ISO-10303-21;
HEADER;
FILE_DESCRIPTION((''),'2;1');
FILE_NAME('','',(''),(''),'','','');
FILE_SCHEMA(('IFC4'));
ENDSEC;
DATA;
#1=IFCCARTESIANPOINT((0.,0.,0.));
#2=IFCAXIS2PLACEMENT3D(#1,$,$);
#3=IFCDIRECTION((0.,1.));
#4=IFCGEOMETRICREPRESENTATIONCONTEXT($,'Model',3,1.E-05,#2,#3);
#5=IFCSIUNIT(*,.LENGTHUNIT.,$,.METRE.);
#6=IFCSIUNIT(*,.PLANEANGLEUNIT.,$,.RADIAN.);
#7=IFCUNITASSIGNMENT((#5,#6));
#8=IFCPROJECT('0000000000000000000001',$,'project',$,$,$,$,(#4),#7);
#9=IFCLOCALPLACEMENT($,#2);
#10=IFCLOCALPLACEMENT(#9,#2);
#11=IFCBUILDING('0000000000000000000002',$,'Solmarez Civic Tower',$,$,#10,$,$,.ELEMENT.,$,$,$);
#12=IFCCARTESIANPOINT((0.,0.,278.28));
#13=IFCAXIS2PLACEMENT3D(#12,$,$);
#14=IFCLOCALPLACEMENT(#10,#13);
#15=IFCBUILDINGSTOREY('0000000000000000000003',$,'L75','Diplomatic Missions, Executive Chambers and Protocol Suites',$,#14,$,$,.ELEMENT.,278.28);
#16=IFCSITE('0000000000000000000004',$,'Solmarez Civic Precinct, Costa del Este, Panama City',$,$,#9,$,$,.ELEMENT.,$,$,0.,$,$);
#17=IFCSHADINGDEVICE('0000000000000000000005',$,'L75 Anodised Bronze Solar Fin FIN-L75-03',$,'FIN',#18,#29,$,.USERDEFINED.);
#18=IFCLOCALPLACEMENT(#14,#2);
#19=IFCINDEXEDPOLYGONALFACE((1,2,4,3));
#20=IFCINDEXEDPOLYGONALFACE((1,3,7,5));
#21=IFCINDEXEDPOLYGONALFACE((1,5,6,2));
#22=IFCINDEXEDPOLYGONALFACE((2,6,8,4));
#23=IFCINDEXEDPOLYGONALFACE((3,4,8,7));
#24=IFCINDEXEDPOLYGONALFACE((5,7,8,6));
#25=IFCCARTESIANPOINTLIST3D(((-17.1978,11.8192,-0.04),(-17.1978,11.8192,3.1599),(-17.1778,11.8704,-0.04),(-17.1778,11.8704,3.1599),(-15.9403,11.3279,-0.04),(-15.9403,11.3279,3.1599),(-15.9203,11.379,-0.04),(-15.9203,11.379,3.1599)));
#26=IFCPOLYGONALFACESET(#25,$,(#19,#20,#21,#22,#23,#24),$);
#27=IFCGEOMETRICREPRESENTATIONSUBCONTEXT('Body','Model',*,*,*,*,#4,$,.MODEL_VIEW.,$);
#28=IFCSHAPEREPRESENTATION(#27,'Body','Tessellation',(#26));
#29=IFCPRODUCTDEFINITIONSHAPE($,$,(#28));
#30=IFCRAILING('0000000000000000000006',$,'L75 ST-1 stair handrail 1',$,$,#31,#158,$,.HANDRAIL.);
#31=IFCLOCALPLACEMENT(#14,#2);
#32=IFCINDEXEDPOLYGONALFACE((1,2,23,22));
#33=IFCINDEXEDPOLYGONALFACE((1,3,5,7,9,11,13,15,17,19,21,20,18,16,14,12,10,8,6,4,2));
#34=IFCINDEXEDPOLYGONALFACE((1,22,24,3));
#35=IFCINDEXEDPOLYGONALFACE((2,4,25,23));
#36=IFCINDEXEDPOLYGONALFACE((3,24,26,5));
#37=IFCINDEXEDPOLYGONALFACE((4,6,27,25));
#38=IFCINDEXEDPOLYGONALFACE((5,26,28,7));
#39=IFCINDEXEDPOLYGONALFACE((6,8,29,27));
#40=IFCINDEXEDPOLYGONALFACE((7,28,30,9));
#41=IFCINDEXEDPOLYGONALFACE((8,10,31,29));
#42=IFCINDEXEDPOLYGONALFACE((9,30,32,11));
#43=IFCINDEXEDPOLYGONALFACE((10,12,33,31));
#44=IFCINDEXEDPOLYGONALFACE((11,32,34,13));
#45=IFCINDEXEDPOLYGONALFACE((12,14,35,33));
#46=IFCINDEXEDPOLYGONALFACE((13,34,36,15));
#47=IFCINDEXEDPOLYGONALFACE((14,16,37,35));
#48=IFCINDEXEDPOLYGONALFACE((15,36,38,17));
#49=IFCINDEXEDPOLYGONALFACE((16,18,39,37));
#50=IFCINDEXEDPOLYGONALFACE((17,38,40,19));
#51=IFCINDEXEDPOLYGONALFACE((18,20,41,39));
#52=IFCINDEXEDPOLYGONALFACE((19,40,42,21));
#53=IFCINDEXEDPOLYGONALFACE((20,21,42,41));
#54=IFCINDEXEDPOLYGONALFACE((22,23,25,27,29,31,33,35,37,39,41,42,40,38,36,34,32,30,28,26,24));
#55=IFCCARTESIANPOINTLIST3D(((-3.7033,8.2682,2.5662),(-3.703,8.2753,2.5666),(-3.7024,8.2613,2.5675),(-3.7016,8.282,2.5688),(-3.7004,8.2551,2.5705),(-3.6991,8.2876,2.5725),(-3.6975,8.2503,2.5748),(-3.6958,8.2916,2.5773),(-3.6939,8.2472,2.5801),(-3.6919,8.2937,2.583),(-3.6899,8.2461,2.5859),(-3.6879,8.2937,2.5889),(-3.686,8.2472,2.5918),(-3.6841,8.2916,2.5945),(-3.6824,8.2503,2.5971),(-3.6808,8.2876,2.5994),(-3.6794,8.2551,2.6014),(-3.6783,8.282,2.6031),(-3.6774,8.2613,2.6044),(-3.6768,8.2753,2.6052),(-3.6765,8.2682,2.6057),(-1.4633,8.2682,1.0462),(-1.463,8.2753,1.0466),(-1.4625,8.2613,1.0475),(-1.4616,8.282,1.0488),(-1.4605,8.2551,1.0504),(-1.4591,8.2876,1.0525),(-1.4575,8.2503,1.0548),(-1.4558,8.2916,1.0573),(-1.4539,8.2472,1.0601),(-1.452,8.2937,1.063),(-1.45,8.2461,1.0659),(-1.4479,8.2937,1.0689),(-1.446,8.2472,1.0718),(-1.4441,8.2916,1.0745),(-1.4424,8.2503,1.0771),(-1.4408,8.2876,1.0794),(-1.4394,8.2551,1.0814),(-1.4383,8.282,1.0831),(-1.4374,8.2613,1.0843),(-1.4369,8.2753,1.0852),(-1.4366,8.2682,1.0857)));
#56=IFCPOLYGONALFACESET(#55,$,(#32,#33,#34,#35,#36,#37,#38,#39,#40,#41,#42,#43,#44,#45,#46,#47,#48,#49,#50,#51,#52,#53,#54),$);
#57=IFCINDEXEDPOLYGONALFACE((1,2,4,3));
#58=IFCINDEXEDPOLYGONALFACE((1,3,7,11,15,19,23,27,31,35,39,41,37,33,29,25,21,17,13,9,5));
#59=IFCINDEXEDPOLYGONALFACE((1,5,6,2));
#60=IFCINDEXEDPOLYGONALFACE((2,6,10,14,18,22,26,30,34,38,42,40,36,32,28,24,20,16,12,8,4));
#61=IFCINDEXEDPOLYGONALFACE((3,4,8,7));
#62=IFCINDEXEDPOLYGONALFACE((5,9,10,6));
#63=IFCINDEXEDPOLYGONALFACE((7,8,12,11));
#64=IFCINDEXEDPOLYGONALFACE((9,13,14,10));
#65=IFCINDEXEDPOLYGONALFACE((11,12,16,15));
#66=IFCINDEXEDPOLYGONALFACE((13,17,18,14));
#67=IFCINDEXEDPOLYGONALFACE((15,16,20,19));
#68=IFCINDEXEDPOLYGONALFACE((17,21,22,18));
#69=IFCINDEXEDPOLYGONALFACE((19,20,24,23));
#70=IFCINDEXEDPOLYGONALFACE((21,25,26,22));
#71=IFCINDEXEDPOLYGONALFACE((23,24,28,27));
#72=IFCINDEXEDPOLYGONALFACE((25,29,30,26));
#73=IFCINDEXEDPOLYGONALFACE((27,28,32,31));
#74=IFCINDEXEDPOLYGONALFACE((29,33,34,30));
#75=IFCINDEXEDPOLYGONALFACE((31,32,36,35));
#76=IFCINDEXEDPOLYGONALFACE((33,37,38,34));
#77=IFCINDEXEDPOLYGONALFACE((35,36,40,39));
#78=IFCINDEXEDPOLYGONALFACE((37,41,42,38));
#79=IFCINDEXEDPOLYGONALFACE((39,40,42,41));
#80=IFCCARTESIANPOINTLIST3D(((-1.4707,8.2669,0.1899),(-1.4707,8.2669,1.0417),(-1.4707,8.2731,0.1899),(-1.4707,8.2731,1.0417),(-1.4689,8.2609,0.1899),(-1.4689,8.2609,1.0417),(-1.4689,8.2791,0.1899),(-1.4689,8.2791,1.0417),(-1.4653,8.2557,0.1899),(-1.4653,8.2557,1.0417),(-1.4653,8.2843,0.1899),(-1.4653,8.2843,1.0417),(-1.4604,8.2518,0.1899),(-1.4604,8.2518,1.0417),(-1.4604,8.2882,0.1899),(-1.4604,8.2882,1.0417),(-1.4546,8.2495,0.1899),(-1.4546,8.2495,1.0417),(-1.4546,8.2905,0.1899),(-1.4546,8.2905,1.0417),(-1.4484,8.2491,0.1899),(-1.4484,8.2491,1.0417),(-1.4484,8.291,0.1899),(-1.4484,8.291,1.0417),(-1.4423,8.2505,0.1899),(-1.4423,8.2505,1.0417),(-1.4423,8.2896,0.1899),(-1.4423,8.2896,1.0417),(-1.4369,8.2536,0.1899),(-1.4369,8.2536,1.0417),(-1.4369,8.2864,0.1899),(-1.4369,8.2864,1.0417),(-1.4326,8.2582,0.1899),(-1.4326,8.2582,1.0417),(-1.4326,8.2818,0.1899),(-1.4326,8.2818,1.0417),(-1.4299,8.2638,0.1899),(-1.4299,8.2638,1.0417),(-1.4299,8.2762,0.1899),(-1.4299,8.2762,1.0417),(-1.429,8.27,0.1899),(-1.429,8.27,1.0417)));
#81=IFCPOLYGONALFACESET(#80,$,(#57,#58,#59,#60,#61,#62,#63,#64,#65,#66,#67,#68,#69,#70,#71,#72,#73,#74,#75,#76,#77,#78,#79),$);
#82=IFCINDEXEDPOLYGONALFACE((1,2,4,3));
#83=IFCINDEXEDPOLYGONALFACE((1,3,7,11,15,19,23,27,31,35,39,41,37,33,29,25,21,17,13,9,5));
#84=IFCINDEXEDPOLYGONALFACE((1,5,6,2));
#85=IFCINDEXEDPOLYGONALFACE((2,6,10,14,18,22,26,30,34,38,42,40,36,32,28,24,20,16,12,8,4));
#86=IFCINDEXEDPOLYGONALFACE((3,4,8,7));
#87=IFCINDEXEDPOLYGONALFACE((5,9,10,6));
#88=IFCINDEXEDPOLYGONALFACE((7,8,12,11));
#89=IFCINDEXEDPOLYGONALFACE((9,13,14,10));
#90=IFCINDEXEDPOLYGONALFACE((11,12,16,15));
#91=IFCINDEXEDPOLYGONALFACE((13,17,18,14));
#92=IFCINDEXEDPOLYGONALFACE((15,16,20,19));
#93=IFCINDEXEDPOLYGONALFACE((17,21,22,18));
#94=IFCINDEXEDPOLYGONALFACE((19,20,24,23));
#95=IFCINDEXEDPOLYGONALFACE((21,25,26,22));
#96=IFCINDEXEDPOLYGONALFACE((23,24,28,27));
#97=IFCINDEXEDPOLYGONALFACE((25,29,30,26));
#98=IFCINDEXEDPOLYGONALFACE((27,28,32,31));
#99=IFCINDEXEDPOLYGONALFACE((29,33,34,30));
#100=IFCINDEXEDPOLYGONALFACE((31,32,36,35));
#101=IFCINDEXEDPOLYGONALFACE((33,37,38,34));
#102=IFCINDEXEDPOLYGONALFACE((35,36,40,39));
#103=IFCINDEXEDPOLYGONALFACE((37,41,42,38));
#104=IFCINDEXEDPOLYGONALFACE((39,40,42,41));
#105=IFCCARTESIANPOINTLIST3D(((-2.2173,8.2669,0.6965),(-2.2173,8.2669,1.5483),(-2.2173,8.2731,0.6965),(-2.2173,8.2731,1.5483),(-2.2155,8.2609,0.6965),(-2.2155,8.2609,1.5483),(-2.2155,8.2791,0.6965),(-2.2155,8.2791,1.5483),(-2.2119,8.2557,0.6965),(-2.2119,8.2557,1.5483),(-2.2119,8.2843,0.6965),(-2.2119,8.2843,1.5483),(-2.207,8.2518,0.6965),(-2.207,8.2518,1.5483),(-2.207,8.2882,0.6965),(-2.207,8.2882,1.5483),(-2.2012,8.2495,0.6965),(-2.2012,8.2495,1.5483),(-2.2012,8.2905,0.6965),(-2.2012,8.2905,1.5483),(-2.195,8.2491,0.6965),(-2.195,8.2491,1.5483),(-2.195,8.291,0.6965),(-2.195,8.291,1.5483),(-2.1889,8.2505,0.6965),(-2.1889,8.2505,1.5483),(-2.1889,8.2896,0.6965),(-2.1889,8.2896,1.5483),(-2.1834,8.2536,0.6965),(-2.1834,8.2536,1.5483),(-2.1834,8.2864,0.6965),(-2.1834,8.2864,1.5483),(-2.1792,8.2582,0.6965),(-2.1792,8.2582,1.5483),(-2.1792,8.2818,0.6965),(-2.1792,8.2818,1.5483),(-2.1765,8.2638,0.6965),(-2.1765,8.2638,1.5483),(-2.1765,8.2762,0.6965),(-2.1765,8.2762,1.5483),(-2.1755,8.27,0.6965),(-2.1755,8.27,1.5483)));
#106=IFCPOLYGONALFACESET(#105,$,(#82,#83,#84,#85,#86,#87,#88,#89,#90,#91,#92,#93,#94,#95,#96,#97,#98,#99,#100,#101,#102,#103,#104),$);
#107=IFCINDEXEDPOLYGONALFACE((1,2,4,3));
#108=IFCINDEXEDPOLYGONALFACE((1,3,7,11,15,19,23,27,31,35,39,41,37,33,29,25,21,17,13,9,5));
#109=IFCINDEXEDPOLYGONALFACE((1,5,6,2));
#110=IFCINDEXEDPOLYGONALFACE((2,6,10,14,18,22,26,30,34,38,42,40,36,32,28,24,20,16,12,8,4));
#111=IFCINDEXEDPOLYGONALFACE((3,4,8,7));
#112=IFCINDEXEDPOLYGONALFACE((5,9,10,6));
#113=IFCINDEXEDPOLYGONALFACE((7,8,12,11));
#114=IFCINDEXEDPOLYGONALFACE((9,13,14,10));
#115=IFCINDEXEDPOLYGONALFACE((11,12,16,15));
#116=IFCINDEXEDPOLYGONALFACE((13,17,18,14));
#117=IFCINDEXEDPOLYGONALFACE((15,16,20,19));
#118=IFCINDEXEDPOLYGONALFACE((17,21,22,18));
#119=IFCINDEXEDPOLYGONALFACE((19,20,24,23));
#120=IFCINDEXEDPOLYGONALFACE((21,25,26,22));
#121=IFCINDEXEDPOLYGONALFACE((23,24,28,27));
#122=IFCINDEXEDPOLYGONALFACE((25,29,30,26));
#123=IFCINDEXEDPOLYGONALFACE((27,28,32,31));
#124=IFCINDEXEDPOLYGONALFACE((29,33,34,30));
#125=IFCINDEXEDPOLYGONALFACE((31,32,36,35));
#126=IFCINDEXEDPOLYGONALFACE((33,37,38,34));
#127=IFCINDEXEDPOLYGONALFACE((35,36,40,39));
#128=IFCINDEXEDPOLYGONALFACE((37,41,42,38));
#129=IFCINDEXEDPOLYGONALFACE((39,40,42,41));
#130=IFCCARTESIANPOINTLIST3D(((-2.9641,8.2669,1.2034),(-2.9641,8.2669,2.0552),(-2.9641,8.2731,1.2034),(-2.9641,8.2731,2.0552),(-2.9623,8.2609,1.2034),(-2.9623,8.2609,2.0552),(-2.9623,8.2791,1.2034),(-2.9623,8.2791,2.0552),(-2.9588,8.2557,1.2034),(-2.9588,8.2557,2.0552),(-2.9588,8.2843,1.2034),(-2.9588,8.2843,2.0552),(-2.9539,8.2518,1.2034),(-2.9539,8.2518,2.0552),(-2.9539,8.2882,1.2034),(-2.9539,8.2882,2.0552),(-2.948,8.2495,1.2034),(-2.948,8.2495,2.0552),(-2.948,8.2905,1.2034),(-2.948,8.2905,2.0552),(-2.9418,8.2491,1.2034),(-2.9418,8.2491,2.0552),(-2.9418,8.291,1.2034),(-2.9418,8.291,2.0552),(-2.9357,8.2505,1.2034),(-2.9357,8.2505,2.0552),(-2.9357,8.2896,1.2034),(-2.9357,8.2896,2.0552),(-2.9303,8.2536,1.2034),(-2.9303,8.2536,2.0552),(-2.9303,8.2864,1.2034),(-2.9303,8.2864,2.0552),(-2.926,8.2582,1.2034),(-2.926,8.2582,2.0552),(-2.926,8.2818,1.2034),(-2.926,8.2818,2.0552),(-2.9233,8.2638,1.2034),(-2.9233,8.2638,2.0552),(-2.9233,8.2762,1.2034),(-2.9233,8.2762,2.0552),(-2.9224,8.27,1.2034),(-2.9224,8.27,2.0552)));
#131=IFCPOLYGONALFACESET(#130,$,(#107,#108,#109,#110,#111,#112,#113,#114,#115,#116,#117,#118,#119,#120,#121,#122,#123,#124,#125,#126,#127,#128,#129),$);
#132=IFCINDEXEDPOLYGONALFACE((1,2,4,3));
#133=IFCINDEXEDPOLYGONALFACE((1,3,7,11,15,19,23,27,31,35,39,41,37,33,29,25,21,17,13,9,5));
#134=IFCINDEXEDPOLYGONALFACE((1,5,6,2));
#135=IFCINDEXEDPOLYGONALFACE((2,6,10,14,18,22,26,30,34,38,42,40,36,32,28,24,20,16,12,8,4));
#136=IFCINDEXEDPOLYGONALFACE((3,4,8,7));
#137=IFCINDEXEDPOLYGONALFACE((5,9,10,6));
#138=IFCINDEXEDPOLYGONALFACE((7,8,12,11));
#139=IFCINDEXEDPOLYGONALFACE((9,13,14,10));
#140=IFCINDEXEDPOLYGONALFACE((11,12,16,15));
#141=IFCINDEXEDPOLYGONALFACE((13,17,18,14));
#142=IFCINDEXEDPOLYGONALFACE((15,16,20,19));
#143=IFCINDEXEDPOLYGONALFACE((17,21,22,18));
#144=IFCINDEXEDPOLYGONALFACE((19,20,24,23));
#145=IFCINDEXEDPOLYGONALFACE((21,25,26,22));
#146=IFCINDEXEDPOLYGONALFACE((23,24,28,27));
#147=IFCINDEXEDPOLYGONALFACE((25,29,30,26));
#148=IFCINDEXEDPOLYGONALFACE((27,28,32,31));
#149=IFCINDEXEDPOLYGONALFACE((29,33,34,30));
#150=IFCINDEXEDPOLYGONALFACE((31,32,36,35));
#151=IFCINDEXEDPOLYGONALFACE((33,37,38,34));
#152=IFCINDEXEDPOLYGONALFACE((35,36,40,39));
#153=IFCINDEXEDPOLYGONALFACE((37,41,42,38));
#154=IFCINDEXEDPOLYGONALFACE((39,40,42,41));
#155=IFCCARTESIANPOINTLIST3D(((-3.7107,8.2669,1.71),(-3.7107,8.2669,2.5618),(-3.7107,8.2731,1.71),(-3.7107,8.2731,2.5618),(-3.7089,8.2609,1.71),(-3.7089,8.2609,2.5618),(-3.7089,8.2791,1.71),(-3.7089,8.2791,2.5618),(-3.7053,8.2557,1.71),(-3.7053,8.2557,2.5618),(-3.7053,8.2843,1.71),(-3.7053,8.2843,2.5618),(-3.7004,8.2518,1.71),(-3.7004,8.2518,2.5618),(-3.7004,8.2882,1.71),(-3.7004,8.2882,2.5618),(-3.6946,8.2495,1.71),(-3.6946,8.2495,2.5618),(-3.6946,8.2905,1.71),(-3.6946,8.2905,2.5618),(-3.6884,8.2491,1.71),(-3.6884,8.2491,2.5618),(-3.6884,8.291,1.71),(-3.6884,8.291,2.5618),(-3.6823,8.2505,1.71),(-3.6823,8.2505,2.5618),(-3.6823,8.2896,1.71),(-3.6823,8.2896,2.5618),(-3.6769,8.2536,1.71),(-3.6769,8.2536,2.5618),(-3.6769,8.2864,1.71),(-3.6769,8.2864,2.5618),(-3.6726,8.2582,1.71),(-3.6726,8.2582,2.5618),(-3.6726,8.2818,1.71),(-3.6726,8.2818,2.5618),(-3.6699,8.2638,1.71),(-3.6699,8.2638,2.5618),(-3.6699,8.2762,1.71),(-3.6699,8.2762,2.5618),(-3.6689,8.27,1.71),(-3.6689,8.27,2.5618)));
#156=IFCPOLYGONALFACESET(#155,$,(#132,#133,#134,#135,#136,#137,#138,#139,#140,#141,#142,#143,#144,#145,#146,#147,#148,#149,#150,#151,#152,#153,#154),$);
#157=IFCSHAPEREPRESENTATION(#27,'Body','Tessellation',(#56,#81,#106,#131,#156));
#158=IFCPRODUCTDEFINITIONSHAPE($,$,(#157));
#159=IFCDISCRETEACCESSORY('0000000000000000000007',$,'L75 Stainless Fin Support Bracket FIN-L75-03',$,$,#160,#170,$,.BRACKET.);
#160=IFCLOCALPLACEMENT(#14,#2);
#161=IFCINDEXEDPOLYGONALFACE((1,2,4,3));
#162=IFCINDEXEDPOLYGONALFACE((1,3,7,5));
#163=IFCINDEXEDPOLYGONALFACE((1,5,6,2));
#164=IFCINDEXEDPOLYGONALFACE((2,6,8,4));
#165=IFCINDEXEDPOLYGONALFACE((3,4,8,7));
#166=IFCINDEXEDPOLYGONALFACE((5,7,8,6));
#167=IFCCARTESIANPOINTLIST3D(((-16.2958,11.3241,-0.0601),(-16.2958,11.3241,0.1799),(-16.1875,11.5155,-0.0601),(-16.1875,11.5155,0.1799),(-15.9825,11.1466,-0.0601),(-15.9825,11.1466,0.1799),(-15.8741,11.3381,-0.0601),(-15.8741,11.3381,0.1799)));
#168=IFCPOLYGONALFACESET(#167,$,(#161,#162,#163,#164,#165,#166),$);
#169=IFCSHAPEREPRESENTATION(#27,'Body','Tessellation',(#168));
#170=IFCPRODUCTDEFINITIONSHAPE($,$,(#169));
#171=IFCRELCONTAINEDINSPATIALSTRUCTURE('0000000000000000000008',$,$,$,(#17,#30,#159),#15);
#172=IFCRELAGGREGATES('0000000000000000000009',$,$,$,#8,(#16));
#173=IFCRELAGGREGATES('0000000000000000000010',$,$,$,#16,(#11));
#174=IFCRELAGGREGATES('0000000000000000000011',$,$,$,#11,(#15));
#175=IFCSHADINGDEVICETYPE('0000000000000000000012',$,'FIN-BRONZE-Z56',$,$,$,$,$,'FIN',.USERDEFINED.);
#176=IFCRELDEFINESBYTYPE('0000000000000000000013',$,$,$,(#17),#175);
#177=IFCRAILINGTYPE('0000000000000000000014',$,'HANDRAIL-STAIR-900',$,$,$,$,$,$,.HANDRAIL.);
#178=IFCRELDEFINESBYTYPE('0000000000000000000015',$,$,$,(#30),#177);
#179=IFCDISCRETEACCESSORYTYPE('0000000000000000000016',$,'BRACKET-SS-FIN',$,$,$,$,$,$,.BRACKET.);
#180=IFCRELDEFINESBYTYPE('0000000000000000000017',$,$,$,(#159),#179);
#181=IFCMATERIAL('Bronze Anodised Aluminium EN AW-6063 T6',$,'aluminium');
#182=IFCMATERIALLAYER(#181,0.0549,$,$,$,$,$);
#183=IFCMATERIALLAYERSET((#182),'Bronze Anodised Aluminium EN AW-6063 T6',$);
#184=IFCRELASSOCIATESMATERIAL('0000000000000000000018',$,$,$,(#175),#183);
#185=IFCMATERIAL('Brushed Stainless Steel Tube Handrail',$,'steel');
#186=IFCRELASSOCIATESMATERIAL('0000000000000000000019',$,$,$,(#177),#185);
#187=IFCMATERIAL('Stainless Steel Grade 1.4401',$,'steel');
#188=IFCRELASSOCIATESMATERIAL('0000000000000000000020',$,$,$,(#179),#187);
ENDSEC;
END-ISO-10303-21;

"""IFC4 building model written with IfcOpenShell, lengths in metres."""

from ifc_helpers import new_model, si_unit, direction, frame, origin, origin_2d, place, context, subcontext, project, spatial, rectangle, circle, extrude, material, layer, layer_set, type_object, element, save


model = new_model("IFC4")

# Units and contexts
model_context = context("Model", 3, precision=1e-05, world=origin(), true_north=direction((0.0, 1.0)))
body_context = subcontext(model_context, "Body", "Model", "MODEL_VIEW")
ifc_project = project(units=[si_unit("LENGTHUNIT", "METRE"), si_unit("PLANEANGLEUNIT", "RADIAN")], contexts=[model_context])

# Site, building, storey
site_placement = place(None, origin())
site = spatial("IfcSite", under=ifc_project, at=site_placement, Name="Solmarez Civic Precinct, Costa del Este, Panama City", CompositionType="ELEMENT", RefElevation=0.0)
building_placement = place(site_placement, origin())
building = spatial("IfcBuilding", under=site, at=building_placement, Name="Solmarez Civic Tower", CompositionType="ELEMENT")
storey_placement = place(building_placement, frame((0.0, 0.0, 278.28)))
storey = spatial("IfcBuildingStorey", under=building, at=storey_placement, Name="L75", Description="Diplomatic Missions, Executive Chambers and Protocol Suites", CompositionType="ELEMENT", Elevation=278.28)

# Shading device
ifc_material_1 = material(Name="Bronze Anodised Aluminium EN AW-6063 T6", Category="aluminium")
ifc_layer_1 = layer(ifc_material_1, 0.0549)
ifc_layer_set_1 = layer_set([ifc_layer_1], Name="Bronze Anodised Aluminium EN AW-6063 T6")
shading_device_type = type_object("IfcShadingDeviceType", Name="FIN-BRONZE-Z56", ElementType="FIN", PredefinedType="USERDEFINED", material=ifc_layer_set_1)
shading_device_placement = place(storey_placement, frame((-16.5591, 11.5991, -0.04), z_axis=(0.0, 0.0, 1.0), x_axis=(-0.931431, 0.363918, 0.0)))
element("IfcShadingDevice", 1, at=shading_device_placement, inside=storey, type_object=shading_device_type, Name="L75 Anodised Bronze Solar Fin FIN-L75-03", ObjectType="FIN", PredefinedType="USERDEFINED", context=body_context, shape_type="SweptSolid", body=[
    extrude(rectangle(XDim=1.3501, YDim=0.0549, at=origin_2d()), origin(), (0.0, 0.0, 1.0), 3.2),
])

# Railing
ifc_material_2 = material(Name="Brushed Stainless Steel Tube Handrail", Category="steel")
railing_type = type_object("IfcRailingType", Name="HANDRAIL-STAIR-900", PredefinedType="HANDRAIL", material=ifc_material_2)
railing_placement = place(storey_placement, frame((-1.45, 8.27, 0.1899)))
element("IfcRailing", 2, at=railing_placement, inside=storey, type_object=railing_type, Name="L75 ST-1 stair handrail 1", PredefinedType="HANDRAIL", context=body_context, shape_type="SweptSolid", body=[
    extrude(circle(Radius=0.0239, at=origin_2d()), frame((0.0, 0.0, 0.876), z_axis=(-0.827471, 0.0, 0.561508), x_axis=(0.0, -1.0, 0.0)), (0.0, 0.0, 1.0), 2.707),
    extrude(circle(Radius=0.021, at=origin_2d()), origin(), (0.0, 0.0, 1.0), 0.8518),
    extrude(circle(Radius=0.021, at=origin_2d()), frame((-0.7466, 0.0, 0.5066)), (0.0, 0.0, 1.0), 0.8518),
    extrude(circle(Radius=0.021, at=origin_2d()), frame((-1.4934, 0.0, 1.0134)), (0.0, 0.0, 1.0), 0.8518),
    extrude(circle(Radius=0.021, at=origin_2d()), frame((-2.24, 0.0, 1.52)), (0.0, 0.0, 1.0), 0.8518),
])

# Discrete accessory
ifc_material_3 = material(Name="Stainless Steel Grade 1.4401", Category="steel")
discrete_accessory_type = type_object("IfcDiscreteAccessoryType", Name="BRACKET-SS-FIN", PredefinedType="BRACKET", material=ifc_material_3)
discrete_accessory_placement = place(storey_placement, frame((-16.085, 11.3311, -0.0601), z_axis=(0.0, 0.0, 1.0), x_axis=(-0.870209, 0.492682, 0.0)))
element("IfcDiscreteAccessory", 3, at=discrete_accessory_placement, inside=storey, type_object=discrete_accessory_type, Name="L75 Stainless Fin Support Bracket FIN-L75-03", PredefinedType="BRACKET", context=body_context, shape_type="SweptSolid", body=[
    extrude(rectangle(XDim=0.3601, YDim=0.22, at=origin_2d()), origin(), (0.0, 0.0, 1.0), 0.24),
])

save(model, "model.ifc")
